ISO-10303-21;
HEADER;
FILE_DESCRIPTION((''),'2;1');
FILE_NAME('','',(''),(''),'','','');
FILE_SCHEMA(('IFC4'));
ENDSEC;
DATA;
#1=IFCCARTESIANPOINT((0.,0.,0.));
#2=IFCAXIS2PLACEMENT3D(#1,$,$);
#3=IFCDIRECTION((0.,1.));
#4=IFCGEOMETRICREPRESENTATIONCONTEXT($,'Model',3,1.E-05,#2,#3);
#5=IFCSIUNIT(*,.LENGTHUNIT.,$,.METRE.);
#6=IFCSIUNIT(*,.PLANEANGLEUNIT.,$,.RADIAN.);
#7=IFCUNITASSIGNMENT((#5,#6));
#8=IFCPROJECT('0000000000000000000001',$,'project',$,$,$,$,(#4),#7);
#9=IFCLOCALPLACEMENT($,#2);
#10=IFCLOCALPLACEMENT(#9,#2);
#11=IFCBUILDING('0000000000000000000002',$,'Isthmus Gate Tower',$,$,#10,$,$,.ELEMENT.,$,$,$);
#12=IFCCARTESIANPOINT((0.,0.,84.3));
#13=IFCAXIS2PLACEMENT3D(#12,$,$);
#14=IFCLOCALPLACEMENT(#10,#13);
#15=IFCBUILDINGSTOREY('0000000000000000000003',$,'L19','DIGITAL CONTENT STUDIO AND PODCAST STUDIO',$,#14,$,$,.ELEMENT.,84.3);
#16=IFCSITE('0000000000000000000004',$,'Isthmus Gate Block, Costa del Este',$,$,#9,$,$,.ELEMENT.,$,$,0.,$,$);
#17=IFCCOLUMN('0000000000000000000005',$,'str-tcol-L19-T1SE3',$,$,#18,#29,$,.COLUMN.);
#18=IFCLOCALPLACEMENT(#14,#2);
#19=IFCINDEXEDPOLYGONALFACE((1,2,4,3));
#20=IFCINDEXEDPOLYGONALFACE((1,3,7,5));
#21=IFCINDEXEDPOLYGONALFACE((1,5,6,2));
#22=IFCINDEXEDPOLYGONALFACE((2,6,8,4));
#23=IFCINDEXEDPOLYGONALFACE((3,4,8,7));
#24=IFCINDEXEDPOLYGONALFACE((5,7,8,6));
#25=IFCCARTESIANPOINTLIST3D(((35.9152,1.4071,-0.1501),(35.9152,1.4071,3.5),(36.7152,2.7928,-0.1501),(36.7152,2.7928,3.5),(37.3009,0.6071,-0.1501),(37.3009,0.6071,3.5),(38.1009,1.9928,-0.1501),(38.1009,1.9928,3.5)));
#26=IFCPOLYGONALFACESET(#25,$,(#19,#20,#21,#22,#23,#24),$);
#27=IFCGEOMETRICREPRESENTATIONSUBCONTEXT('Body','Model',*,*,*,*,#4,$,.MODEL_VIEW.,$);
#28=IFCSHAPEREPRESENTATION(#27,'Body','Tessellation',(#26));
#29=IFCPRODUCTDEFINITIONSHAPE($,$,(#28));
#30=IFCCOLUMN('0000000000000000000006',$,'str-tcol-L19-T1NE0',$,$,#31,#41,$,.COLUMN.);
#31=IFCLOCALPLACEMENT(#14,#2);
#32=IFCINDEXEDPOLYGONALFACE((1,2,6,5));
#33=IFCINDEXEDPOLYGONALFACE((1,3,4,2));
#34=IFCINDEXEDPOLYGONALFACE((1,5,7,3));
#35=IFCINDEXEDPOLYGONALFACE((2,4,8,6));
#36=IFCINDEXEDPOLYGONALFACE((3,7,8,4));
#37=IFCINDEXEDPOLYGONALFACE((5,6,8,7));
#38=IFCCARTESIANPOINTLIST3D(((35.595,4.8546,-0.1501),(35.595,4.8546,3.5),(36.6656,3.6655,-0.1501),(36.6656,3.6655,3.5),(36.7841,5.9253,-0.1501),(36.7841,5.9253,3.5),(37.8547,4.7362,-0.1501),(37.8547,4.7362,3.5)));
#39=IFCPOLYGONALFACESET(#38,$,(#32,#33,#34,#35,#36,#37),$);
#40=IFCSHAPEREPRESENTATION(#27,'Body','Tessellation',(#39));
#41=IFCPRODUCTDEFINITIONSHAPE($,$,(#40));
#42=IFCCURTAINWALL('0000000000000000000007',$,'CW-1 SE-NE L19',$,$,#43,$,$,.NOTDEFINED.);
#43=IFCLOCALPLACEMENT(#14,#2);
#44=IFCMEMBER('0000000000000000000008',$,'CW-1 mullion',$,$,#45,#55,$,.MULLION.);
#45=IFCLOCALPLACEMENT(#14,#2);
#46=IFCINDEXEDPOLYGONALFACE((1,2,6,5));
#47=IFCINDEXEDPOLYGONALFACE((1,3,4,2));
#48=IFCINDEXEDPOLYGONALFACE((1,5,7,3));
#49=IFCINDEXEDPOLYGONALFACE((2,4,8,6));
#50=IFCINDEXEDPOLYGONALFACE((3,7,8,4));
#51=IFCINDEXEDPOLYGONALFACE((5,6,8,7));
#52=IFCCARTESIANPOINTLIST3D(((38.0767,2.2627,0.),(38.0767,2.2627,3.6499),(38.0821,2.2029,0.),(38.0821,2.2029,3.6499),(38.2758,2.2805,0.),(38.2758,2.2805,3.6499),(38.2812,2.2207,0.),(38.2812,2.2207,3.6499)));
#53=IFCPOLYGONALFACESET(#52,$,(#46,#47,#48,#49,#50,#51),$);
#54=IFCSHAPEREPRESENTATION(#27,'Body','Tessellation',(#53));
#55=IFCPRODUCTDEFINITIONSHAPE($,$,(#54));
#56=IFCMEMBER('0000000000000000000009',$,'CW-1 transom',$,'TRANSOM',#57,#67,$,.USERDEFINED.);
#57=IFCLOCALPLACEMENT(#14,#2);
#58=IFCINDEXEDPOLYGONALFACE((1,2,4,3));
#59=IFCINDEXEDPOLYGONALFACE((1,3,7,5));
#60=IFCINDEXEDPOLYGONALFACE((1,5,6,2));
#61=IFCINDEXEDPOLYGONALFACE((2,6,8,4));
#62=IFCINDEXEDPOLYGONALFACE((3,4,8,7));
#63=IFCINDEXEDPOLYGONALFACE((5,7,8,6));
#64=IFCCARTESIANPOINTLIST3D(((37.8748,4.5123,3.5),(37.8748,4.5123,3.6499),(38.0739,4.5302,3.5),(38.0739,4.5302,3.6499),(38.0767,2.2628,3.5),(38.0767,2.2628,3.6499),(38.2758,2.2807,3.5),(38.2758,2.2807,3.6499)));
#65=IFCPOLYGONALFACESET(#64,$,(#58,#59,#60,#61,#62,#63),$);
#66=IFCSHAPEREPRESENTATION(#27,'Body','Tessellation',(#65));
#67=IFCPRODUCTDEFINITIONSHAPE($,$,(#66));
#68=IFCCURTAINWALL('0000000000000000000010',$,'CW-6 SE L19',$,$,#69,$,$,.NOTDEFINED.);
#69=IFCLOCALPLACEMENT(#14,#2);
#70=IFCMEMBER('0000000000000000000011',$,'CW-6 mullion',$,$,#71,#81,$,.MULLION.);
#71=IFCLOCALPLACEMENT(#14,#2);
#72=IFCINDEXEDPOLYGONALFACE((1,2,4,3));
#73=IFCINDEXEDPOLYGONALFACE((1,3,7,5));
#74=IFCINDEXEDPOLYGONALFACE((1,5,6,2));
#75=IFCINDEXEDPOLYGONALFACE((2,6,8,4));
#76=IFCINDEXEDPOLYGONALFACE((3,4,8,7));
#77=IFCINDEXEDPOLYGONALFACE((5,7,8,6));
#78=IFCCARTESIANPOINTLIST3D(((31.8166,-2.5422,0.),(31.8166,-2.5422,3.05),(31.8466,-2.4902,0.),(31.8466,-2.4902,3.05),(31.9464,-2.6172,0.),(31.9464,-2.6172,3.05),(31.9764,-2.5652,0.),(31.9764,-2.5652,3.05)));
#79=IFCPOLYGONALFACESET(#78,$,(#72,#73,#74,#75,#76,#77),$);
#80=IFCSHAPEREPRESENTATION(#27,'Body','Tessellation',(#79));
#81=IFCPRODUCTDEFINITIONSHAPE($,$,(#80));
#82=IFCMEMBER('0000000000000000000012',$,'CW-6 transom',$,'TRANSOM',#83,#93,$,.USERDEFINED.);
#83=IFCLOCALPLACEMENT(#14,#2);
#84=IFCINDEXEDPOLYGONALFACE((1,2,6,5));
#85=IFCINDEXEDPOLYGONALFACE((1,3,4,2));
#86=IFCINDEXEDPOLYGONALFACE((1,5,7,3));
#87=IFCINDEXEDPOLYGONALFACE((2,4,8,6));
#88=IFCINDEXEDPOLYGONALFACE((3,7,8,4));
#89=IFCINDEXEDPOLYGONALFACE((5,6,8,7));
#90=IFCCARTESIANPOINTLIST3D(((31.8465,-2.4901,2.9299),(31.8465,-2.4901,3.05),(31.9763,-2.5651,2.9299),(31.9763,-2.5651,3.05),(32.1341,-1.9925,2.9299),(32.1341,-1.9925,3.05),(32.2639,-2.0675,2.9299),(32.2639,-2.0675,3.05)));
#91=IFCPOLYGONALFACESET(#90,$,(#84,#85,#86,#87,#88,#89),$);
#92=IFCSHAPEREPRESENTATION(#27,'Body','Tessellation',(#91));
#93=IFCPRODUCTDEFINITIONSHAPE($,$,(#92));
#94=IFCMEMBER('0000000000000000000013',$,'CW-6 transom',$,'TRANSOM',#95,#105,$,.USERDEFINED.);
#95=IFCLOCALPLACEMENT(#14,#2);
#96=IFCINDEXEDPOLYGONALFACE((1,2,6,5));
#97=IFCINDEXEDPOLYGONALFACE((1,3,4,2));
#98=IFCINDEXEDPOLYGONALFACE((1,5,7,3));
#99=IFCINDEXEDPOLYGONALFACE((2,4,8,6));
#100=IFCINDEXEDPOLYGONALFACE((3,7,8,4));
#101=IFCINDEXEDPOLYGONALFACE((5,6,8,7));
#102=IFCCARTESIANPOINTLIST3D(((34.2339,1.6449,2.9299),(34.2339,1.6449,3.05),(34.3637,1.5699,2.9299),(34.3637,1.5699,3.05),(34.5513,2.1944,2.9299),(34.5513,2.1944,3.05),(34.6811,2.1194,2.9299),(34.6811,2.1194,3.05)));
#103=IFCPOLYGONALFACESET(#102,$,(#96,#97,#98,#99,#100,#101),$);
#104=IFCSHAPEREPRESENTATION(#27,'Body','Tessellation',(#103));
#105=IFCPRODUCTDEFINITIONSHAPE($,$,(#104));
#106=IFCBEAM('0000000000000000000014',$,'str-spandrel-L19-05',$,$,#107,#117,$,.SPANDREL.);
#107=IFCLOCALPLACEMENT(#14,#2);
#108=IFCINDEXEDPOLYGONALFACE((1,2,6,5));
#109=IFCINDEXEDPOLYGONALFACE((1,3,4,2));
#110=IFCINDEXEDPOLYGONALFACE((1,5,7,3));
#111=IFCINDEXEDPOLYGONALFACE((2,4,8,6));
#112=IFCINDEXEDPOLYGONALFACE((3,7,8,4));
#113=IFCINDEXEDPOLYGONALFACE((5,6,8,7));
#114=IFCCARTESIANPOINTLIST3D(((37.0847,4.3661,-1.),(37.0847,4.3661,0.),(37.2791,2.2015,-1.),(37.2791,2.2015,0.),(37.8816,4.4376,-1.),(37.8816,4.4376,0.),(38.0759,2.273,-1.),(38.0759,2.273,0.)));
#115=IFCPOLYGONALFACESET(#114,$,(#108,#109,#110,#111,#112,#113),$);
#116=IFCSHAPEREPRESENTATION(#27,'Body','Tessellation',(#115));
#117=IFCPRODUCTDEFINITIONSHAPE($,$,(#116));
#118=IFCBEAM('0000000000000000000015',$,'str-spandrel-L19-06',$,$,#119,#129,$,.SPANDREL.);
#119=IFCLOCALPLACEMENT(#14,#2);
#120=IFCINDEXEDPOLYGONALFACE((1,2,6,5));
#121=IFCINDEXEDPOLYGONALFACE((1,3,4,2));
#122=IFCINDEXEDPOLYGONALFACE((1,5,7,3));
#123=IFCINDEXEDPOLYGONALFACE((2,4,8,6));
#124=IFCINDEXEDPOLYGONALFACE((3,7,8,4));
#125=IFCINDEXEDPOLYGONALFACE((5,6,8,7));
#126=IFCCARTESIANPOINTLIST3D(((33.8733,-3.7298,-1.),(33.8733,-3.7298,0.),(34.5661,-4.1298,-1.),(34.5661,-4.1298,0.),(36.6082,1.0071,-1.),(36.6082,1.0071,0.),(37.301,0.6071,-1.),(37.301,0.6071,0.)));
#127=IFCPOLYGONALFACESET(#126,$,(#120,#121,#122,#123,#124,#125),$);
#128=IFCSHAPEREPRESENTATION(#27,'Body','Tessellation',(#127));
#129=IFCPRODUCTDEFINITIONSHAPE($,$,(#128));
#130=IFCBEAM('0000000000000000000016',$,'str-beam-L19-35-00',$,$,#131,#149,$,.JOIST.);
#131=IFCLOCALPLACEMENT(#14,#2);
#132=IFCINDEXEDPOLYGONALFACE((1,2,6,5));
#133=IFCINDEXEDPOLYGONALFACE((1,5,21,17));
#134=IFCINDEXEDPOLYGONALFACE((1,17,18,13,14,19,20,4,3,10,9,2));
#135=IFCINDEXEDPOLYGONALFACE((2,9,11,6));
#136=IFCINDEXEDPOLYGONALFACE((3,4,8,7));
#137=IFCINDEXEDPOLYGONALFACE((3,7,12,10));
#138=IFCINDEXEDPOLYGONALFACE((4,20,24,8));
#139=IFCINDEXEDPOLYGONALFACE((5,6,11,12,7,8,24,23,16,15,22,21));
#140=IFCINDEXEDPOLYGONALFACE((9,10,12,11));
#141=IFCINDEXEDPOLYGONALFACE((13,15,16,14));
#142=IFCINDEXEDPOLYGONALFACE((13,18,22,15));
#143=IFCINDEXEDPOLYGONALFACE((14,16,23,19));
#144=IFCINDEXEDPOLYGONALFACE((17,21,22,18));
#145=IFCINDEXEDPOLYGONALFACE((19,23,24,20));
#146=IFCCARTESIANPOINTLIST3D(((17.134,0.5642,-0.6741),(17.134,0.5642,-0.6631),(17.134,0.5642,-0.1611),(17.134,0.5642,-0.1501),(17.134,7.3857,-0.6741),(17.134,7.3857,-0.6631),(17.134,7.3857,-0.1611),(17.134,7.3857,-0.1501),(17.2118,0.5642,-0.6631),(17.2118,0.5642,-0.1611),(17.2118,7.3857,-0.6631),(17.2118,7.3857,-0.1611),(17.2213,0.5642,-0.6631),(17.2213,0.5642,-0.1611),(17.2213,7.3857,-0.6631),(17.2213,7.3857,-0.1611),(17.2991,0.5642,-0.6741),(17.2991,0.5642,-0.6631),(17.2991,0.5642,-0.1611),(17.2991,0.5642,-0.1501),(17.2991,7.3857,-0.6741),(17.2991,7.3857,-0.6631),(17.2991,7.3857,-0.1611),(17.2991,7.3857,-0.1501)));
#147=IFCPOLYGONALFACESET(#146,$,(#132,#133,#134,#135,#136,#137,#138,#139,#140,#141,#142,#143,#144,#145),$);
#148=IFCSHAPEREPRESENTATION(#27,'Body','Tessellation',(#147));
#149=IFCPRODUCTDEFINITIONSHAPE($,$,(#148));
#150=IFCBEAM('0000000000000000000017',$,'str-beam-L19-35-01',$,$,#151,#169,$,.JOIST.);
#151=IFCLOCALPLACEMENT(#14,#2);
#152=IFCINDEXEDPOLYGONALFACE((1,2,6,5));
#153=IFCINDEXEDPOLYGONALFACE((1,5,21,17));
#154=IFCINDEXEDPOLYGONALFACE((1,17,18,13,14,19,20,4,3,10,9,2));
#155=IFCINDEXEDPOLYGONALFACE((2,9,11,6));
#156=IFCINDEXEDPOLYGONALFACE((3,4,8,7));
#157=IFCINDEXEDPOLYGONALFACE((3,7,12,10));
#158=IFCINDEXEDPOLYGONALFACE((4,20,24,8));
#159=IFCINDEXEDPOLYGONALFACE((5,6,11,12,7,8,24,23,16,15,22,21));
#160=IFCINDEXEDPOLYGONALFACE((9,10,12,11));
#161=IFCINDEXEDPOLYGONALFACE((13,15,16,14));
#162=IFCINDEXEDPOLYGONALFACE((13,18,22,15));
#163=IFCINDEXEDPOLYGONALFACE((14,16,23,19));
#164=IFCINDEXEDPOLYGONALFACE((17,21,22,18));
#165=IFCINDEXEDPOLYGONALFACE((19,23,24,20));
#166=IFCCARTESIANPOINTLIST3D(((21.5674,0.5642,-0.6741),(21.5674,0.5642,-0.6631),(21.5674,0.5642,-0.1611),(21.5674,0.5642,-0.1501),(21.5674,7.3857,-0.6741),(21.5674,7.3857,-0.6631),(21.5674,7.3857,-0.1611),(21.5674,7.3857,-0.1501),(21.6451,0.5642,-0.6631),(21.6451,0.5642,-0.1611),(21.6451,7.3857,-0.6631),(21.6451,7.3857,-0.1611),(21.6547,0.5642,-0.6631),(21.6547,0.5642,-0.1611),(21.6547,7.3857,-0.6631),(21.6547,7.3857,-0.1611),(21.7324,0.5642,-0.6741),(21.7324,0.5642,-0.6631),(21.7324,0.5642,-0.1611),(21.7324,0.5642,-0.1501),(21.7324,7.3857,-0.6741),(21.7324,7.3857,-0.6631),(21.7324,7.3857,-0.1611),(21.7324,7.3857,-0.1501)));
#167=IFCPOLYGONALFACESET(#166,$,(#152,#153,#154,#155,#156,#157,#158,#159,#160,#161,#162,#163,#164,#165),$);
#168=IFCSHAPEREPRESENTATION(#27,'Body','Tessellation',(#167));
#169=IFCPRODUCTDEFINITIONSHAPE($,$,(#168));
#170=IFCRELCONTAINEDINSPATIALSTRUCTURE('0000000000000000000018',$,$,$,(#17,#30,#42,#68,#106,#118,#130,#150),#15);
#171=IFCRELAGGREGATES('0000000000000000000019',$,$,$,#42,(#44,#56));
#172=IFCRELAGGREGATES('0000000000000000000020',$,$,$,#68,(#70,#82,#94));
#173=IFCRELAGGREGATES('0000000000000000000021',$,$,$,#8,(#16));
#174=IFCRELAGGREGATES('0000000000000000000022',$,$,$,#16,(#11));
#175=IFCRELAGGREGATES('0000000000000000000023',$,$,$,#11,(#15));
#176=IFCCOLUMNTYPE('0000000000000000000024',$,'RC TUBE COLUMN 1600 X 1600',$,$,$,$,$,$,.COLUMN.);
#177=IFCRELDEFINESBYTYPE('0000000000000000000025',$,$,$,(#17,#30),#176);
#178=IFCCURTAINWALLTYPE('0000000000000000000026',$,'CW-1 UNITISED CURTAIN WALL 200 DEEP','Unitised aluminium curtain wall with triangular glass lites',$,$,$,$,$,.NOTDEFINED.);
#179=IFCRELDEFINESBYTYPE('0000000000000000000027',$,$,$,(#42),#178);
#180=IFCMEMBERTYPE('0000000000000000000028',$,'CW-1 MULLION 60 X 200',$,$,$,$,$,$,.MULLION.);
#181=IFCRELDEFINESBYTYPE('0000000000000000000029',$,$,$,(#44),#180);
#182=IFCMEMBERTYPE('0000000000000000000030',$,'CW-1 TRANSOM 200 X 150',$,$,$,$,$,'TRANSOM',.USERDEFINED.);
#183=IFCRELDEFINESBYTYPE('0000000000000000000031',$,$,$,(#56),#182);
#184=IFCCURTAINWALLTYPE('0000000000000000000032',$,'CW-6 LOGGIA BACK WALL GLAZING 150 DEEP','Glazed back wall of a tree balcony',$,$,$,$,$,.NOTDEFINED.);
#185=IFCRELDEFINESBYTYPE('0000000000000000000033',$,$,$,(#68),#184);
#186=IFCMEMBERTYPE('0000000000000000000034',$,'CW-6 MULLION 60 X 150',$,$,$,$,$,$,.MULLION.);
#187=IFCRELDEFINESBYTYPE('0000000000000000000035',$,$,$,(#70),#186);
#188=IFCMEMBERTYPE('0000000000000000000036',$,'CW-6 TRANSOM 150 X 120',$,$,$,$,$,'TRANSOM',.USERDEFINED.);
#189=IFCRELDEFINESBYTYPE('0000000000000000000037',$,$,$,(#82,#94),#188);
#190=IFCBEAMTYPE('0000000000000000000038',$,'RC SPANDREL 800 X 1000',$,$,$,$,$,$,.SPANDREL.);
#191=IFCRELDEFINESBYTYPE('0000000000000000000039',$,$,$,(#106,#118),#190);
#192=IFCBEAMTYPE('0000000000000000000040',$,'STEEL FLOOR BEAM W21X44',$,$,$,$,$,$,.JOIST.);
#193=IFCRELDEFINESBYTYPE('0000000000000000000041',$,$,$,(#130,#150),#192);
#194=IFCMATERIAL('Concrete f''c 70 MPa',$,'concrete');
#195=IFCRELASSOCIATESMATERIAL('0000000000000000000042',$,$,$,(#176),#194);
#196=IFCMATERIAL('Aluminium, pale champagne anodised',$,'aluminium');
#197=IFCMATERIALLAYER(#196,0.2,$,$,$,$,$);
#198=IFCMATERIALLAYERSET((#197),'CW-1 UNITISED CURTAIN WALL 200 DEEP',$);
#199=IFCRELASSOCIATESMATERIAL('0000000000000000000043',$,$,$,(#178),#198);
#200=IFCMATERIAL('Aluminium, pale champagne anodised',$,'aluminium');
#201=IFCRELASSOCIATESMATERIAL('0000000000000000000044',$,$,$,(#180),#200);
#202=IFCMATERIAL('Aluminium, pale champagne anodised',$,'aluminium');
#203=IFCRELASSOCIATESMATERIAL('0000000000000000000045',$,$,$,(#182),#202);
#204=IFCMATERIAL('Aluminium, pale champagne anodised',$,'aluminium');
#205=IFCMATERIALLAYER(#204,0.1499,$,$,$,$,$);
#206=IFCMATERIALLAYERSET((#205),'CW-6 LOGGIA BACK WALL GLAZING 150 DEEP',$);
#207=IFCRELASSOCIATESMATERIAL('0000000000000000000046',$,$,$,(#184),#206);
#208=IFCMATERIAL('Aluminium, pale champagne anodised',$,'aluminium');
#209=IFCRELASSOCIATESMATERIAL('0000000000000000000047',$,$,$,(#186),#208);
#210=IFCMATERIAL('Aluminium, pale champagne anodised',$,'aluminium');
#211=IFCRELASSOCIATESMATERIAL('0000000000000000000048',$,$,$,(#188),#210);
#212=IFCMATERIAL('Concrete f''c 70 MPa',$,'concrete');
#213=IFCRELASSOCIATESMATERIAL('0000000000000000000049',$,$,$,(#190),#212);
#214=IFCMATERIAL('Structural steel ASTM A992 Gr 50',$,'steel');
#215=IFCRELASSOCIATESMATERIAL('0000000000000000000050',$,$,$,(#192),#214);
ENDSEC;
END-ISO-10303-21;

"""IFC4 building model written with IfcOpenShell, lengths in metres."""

from ifc_helpers import new_model, si_unit, direction, frame, origin, origin_2d, place, context, subcontext, project, spatial, rectangle, i_section, extrude, material, layer, layer_set, material_profile, profile_set, type_object, element, aggregate, save


model = new_model("IFC4")

# Units and contexts
model_context = context("Model", 3, precision=1e-05, world=origin(), true_north=direction((0.0, 1.0)))
body_context = subcontext(model_context, "Body", "Model", "MODEL_VIEW")
ifc_project = project(units=[si_unit("LENGTHUNIT", "METRE"), si_unit("PLANEANGLEUNIT", "RADIAN")], contexts=[model_context])

# Site, building, storey
site_placement = place(None, origin())
site = spatial("IfcSite", under=ifc_project, at=site_placement, Name="Isthmus Gate Block, Costa del Este", CompositionType="ELEMENT", RefElevation=0.0)
building_placement = place(site_placement, origin())
building = spatial("IfcBuilding", under=site, at=building_placement, Name="Isthmus Gate Tower", CompositionType="ELEMENT")
storey_placement = place(building_placement, frame((0.0, 0.0, 84.3)))
storey = spatial("IfcBuildingStorey", under=building, at=storey_placement, Name="L19", Description="DIGITAL CONTENT STUDIO AND PODCAST STUDIO", CompositionType="ELEMENT", Elevation=84.3)

# Columns
ifc_material_1 = material(Name="Concrete f'c 70 MPa", Category="concrete")
ifc_material_profile_1 = material_profile(ifc_material_1, rectangle(XDim=1.6001, YDim=1.6001, at=origin_2d()), Name="RC 1600X1600")
ifc_profile_set_1 = profile_set([ifc_material_profile_1], Name="Concrete f'c 70 MPa")
column_type = type_object("IfcColumnType", Name="RC TUBE COLUMN 1600 X 1600", PredefinedType="COLUMN", material=ifc_profile_set_1)
for number, where, z_axis, x_axis, name in (
    (1, (37.0081, 1.7, -0.1501), (0.0, 0.0, 1.0), (0.5, 0.866025, 0.0), "str-tcol-L19-T1SE3"),
    (2, (36.7249, 4.7954, -0.1501), (0.0, 0.0, 1.0), (-0.669131, 0.743145, 0.0), "str-tcol-L19-T1NE0"),
):
    element("IfcColumn", number, at=place(storey_placement, frame(where, z_axis=z_axis, x_axis=x_axis)), inside=storey, type_object=column_type, Name=name, PredefinedType="COLUMN", context=body_context, shape_type="SweptSolid", body=[
        extrude(rectangle(XDim=1.6001, YDim=1.6001, at=origin_2d()), origin(), (0.0, 0.0, 1.0), 3.6501),
    ])

# Curtain walls, members
ifc_material_2 = material(Name="Aluminium, pale champagne anodised", Category="aluminium")
ifc_layer_1 = layer(ifc_material_2, 0.2)
ifc_layer_set_1 = layer_set([ifc_layer_1], Name="CW-1 UNITISED CURTAIN WALL 200 DEEP")
curtain_wall_type_1 = type_object("IfcCurtainWallType", Name="CW-1 UNITISED CURTAIN WALL 200 DEEP", Description="Unitised aluminium curtain wall with triangular glass lites", PredefinedType="NOTDEFINED", material=ifc_layer_set_1)
curtain_wall_1_placement = place(storey_placement, origin())
curtain_wall_1 = element("IfcCurtainWall", 3, at=curtain_wall_1_placement, inside=storey, type_object=curtain_wall_type_1, Name="CW-1 SE-NE L19", PredefinedType="NOTDEFINED")
ifc_material_3 = material(Name="Aluminium, pale champagne anodised", Category="aluminium")
ifc_material_profile_2 = material_profile(ifc_material_3, rectangle(XDim=0.0601, YDim=0.2, at=origin_2d()), Name="60x200")
ifc_profile_set_2 = profile_set([ifc_material_profile_2], Name="Aluminium, pale champagne anodised")
member_type_1 = type_object("IfcMemberType", Name="CW-1 MULLION 60 X 200", PredefinedType="MULLION", material=ifc_profile_set_2)
member_1_placement = place(storey_placement, frame((38.179, 2.2417, 0.0), z_axis=(0.0, 0.0, 1.0), x_axis=(-0.089397, 0.995996, 0.0)))
member_1 = element("IfcMember", 4, at=member_1_placement, type_object=member_type_1, Name="CW-1 mullion", PredefinedType="MULLION", context=body_context, shape_type="SweptSolid", body=[
    extrude(rectangle(XDim=0.0601, YDim=0.2, at=origin_2d()), origin(), (0.0, 0.0, 1.0), 3.6499),
])
ifc_material_4 = material(Name="Aluminium, pale champagne anodised", Category="aluminium")
ifc_material_profile_3 = material_profile(ifc_material_4, rectangle(XDim=0.2, YDim=0.1499, at=origin_2d()), Name="200x150")
ifc_profile_set_3 = profile_set([ifc_material_profile_3], Name="Aluminium, pale champagne anodised")
member_type_2 = type_object("IfcMemberType", Name="CW-1 TRANSOM 200 X 150", ElementType="TRANSOM", PredefinedType="USERDEFINED", material=ifc_profile_set_3)
member_2_placement = place(storey_placement, frame((38.1763, 2.2717, 3.575), z_axis=(-0.089395, 0.995996, 0.0), x_axis=(-0.995996, -0.089395, 0.0)))
member_2 = element("IfcMember", 5, at=member_2_placement, type_object=member_type_2, Name="CW-1 transom", ObjectType="TRANSOM", PredefinedType="USERDEFINED", context=body_context, shape_type="SweptSolid", body=[
    extrude(rectangle(XDim=0.2, YDim=0.1499, at=origin_2d()), origin(), (0.0, 0.0, 1.0), 2.2585),
])
ifc_material_5 = material(Name="Aluminium, pale champagne anodised", Category="aluminium")
ifc_layer_2 = layer(ifc_material_5, 0.1499)
ifc_layer_set_2 = layer_set([ifc_layer_2], Name="CW-6 LOGGIA BACK WALL GLAZING 150 DEEP")
curtain_wall_type_2 = type_object("IfcCurtainWallType", Name="CW-6 LOGGIA BACK WALL GLAZING 150 DEEP", Description="Glazed back wall of a tree balcony", PredefinedType="NOTDEFINED", material=ifc_layer_set_2)
curtain_wall_2_placement = place(storey_placement, origin())
curtain_wall_2 = element("IfcCurtainWall", 6, at=curtain_wall_2_placement, inside=storey, type_object=curtain_wall_type_2, Name="CW-6 SE L19", PredefinedType="NOTDEFINED")
ifc_material_6 = material(Name="Aluminium, pale champagne anodised", Category="aluminium")
ifc_material_profile_4 = material_profile(ifc_material_6, rectangle(XDim=0.0601, YDim=0.1499, at=origin_2d()), Name="60x150")
ifc_profile_set_4 = profile_set([ifc_material_profile_4], Name="Aluminium, pale champagne anodised")
member_type_3 = type_object("IfcMemberType", Name="CW-6 MULLION 60 X 150", PredefinedType="MULLION", material=ifc_profile_set_4)
member_3_placement = place(storey_placement, frame((31.8965, -2.5537, 0.0), z_axis=(0.0, 0.0, 1.0), x_axis=(0.5, 0.866025, 0.0)))
member_3 = element("IfcMember", 7, at=member_3_placement, type_object=member_type_3, Name="CW-6 mullion", PredefinedType="MULLION", context=body_context, shape_type="SweptSolid", body=[
    extrude(rectangle(XDim=0.0601, YDim=0.1499, at=origin_2d()), origin(), (0.0, 0.0, 1.0), 3.05),
])
ifc_material_7 = material(Name="Aluminium, pale champagne anodised", Category="aluminium")
ifc_material_profile_5 = material_profile(ifc_material_7, rectangle(XDim=0.1499, YDim=0.1201, at=origin_2d()), Name="150x120")
ifc_profile_set_5 = profile_set([ifc_material_profile_5], Name="Aluminium, pale champagne anodised")
member_type_4 = type_object("IfcMemberType", Name="CW-6 TRANSOM 150 X 120", ElementType="TRANSOM", PredefinedType="USERDEFINED", material=ifc_profile_set_5)
member_4_placement = place(storey_placement, frame((31.9114, -2.5276, 2.99), z_axis=(0.500433, 0.865775, 0.0), x_axis=(-0.865775, 0.500433, 0.0)))
member_4 = element("IfcMember", 8, at=member_4_placement, type_object=member_type_4, Name="CW-6 transom", ObjectType="TRANSOM", PredefinedType="USERDEFINED", context=body_context, shape_type="SweptSolid", body=[
    extrude(rectangle(XDim=0.1499, YDim=0.1201, at=origin_2d()), origin(), (0.0, 0.0, 1.0), 0.5747),
])
member_5_placement = place(storey_placement, frame((34.2988, 1.6074, 2.99), z_axis=(0.500111, 0.865961, 0.0), x_axis=(-0.865961, 0.500111, 0.0)))
member_5 = element("IfcMember", 9, at=member_5_placement, type_object=member_type_4, Name="CW-6 transom", ObjectType="TRANSOM", PredefinedType="USERDEFINED", context=body_context, shape_type="SweptSolid", body=[
    extrude(rectangle(XDim=0.1499, YDim=0.1201, at=origin_2d()), origin(), (0.0, 0.0, 1.0), 0.6345),
])

# Beams
ifc_material_8 = material(Name="Concrete f'c 70 MPa", Category="concrete")
ifc_material_profile_6 = material_profile(ifc_material_8, rectangle(XDim=0.8, YDim=1.0, at=origin_2d()), Name="RC 800X1000")
ifc_profile_set_6 = profile_set([ifc_material_profile_6], Name="Concrete f'c 70 MPa")
beam_type_1 = type_object("IfcBeamType", Name="RC SPANDREL 800 X 1000", PredefinedType="SPANDREL", material=ifc_profile_set_6)
beam_1_placement = place(storey_placement, frame((37.4832, 4.4019, -0.5), z_axis=(0.089422, -0.995994, 0.0), x_axis=(0.995994, 0.089422, 0.0)))
element("IfcBeam", 10, at=beam_1_placement, inside=storey, type_object=beam_type_1, Name="str-spandrel-L19-05", PredefinedType="SPANDREL", context=body_context, shape_type="SweptSolid", body=[
    extrude(rectangle(XDim=0.8, YDim=1.0, at=origin_2d()), origin(), (0.0, 0.0, 1.0), 2.1733),
])
beam_2_placement = place(storey_placement, frame((36.9546, 0.8071, -0.5), z_axis=(-0.500008, -0.866021, 0.0), x_axis=(0.866021, -0.500008, 0.0)))
element("IfcBeam", 11, at=beam_2_placement, inside=storey, type_object=beam_type_1, Name="str-spandrel-L19-06", PredefinedType="SPANDREL", context=body_context, shape_type="SweptSolid", body=[
    extrude(rectangle(XDim=0.8, YDim=1.0, at=origin_2d()), origin(), (0.0, 0.0, 1.0), 5.4697),
])
ifc_material_9 = material(Name="Structural steel ASTM A992 Gr 50", Category="steel")
ifc_material_profile_7 = material_profile(ifc_material_9, i_section(OverallWidth=0.165, OverallDepth=0.5239, WebThickness=0.0095, FlangeThickness=0.011, at=origin_2d()), Name="W21X44")
ifc_profile_set_7 = profile_set([ifc_material_profile_7], Name="Structural steel ASTM A992 Gr 50")
beam_type_2 = type_object("IfcBeamType", Name="STEEL FLOOR BEAM W21X44", PredefinedType="JOIST", material=ifc_profile_set_7)
for number, where, z_axis, x_axis, name in (
    (12, (17.2166, 0.5642, -0.4121), (0.0, 1.0, 0.0), (-1.0, 0.0, 0.0), "str-beam-L19-35-00"),
    (13, (21.6499, 0.5642, -0.4121), (0.0, 1.0, 0.0), (-1.0, 0.0, 0.0), "str-beam-L19-35-01"),
):
    element("IfcBeam", number, at=place(storey_placement, frame(where, z_axis=z_axis, x_axis=x_axis)), inside=storey, type_object=beam_type_2, Name=name, PredefinedType="JOIST", context=body_context, shape_type="SweptSolid", body=[
        extrude(i_section(OverallWidth=0.165, OverallDepth=0.5239, WebThickness=0.0095, FlangeThickness=0.011, at=origin_2d()), origin(), (0.0, 0.0, 1.0), 6.8215),
    ])

aggregate(curtain_wall_1, [member_1, member_2])
aggregate(curtain_wall_2, [member_3, member_4, member_5])

save(model, "model.ifc")
